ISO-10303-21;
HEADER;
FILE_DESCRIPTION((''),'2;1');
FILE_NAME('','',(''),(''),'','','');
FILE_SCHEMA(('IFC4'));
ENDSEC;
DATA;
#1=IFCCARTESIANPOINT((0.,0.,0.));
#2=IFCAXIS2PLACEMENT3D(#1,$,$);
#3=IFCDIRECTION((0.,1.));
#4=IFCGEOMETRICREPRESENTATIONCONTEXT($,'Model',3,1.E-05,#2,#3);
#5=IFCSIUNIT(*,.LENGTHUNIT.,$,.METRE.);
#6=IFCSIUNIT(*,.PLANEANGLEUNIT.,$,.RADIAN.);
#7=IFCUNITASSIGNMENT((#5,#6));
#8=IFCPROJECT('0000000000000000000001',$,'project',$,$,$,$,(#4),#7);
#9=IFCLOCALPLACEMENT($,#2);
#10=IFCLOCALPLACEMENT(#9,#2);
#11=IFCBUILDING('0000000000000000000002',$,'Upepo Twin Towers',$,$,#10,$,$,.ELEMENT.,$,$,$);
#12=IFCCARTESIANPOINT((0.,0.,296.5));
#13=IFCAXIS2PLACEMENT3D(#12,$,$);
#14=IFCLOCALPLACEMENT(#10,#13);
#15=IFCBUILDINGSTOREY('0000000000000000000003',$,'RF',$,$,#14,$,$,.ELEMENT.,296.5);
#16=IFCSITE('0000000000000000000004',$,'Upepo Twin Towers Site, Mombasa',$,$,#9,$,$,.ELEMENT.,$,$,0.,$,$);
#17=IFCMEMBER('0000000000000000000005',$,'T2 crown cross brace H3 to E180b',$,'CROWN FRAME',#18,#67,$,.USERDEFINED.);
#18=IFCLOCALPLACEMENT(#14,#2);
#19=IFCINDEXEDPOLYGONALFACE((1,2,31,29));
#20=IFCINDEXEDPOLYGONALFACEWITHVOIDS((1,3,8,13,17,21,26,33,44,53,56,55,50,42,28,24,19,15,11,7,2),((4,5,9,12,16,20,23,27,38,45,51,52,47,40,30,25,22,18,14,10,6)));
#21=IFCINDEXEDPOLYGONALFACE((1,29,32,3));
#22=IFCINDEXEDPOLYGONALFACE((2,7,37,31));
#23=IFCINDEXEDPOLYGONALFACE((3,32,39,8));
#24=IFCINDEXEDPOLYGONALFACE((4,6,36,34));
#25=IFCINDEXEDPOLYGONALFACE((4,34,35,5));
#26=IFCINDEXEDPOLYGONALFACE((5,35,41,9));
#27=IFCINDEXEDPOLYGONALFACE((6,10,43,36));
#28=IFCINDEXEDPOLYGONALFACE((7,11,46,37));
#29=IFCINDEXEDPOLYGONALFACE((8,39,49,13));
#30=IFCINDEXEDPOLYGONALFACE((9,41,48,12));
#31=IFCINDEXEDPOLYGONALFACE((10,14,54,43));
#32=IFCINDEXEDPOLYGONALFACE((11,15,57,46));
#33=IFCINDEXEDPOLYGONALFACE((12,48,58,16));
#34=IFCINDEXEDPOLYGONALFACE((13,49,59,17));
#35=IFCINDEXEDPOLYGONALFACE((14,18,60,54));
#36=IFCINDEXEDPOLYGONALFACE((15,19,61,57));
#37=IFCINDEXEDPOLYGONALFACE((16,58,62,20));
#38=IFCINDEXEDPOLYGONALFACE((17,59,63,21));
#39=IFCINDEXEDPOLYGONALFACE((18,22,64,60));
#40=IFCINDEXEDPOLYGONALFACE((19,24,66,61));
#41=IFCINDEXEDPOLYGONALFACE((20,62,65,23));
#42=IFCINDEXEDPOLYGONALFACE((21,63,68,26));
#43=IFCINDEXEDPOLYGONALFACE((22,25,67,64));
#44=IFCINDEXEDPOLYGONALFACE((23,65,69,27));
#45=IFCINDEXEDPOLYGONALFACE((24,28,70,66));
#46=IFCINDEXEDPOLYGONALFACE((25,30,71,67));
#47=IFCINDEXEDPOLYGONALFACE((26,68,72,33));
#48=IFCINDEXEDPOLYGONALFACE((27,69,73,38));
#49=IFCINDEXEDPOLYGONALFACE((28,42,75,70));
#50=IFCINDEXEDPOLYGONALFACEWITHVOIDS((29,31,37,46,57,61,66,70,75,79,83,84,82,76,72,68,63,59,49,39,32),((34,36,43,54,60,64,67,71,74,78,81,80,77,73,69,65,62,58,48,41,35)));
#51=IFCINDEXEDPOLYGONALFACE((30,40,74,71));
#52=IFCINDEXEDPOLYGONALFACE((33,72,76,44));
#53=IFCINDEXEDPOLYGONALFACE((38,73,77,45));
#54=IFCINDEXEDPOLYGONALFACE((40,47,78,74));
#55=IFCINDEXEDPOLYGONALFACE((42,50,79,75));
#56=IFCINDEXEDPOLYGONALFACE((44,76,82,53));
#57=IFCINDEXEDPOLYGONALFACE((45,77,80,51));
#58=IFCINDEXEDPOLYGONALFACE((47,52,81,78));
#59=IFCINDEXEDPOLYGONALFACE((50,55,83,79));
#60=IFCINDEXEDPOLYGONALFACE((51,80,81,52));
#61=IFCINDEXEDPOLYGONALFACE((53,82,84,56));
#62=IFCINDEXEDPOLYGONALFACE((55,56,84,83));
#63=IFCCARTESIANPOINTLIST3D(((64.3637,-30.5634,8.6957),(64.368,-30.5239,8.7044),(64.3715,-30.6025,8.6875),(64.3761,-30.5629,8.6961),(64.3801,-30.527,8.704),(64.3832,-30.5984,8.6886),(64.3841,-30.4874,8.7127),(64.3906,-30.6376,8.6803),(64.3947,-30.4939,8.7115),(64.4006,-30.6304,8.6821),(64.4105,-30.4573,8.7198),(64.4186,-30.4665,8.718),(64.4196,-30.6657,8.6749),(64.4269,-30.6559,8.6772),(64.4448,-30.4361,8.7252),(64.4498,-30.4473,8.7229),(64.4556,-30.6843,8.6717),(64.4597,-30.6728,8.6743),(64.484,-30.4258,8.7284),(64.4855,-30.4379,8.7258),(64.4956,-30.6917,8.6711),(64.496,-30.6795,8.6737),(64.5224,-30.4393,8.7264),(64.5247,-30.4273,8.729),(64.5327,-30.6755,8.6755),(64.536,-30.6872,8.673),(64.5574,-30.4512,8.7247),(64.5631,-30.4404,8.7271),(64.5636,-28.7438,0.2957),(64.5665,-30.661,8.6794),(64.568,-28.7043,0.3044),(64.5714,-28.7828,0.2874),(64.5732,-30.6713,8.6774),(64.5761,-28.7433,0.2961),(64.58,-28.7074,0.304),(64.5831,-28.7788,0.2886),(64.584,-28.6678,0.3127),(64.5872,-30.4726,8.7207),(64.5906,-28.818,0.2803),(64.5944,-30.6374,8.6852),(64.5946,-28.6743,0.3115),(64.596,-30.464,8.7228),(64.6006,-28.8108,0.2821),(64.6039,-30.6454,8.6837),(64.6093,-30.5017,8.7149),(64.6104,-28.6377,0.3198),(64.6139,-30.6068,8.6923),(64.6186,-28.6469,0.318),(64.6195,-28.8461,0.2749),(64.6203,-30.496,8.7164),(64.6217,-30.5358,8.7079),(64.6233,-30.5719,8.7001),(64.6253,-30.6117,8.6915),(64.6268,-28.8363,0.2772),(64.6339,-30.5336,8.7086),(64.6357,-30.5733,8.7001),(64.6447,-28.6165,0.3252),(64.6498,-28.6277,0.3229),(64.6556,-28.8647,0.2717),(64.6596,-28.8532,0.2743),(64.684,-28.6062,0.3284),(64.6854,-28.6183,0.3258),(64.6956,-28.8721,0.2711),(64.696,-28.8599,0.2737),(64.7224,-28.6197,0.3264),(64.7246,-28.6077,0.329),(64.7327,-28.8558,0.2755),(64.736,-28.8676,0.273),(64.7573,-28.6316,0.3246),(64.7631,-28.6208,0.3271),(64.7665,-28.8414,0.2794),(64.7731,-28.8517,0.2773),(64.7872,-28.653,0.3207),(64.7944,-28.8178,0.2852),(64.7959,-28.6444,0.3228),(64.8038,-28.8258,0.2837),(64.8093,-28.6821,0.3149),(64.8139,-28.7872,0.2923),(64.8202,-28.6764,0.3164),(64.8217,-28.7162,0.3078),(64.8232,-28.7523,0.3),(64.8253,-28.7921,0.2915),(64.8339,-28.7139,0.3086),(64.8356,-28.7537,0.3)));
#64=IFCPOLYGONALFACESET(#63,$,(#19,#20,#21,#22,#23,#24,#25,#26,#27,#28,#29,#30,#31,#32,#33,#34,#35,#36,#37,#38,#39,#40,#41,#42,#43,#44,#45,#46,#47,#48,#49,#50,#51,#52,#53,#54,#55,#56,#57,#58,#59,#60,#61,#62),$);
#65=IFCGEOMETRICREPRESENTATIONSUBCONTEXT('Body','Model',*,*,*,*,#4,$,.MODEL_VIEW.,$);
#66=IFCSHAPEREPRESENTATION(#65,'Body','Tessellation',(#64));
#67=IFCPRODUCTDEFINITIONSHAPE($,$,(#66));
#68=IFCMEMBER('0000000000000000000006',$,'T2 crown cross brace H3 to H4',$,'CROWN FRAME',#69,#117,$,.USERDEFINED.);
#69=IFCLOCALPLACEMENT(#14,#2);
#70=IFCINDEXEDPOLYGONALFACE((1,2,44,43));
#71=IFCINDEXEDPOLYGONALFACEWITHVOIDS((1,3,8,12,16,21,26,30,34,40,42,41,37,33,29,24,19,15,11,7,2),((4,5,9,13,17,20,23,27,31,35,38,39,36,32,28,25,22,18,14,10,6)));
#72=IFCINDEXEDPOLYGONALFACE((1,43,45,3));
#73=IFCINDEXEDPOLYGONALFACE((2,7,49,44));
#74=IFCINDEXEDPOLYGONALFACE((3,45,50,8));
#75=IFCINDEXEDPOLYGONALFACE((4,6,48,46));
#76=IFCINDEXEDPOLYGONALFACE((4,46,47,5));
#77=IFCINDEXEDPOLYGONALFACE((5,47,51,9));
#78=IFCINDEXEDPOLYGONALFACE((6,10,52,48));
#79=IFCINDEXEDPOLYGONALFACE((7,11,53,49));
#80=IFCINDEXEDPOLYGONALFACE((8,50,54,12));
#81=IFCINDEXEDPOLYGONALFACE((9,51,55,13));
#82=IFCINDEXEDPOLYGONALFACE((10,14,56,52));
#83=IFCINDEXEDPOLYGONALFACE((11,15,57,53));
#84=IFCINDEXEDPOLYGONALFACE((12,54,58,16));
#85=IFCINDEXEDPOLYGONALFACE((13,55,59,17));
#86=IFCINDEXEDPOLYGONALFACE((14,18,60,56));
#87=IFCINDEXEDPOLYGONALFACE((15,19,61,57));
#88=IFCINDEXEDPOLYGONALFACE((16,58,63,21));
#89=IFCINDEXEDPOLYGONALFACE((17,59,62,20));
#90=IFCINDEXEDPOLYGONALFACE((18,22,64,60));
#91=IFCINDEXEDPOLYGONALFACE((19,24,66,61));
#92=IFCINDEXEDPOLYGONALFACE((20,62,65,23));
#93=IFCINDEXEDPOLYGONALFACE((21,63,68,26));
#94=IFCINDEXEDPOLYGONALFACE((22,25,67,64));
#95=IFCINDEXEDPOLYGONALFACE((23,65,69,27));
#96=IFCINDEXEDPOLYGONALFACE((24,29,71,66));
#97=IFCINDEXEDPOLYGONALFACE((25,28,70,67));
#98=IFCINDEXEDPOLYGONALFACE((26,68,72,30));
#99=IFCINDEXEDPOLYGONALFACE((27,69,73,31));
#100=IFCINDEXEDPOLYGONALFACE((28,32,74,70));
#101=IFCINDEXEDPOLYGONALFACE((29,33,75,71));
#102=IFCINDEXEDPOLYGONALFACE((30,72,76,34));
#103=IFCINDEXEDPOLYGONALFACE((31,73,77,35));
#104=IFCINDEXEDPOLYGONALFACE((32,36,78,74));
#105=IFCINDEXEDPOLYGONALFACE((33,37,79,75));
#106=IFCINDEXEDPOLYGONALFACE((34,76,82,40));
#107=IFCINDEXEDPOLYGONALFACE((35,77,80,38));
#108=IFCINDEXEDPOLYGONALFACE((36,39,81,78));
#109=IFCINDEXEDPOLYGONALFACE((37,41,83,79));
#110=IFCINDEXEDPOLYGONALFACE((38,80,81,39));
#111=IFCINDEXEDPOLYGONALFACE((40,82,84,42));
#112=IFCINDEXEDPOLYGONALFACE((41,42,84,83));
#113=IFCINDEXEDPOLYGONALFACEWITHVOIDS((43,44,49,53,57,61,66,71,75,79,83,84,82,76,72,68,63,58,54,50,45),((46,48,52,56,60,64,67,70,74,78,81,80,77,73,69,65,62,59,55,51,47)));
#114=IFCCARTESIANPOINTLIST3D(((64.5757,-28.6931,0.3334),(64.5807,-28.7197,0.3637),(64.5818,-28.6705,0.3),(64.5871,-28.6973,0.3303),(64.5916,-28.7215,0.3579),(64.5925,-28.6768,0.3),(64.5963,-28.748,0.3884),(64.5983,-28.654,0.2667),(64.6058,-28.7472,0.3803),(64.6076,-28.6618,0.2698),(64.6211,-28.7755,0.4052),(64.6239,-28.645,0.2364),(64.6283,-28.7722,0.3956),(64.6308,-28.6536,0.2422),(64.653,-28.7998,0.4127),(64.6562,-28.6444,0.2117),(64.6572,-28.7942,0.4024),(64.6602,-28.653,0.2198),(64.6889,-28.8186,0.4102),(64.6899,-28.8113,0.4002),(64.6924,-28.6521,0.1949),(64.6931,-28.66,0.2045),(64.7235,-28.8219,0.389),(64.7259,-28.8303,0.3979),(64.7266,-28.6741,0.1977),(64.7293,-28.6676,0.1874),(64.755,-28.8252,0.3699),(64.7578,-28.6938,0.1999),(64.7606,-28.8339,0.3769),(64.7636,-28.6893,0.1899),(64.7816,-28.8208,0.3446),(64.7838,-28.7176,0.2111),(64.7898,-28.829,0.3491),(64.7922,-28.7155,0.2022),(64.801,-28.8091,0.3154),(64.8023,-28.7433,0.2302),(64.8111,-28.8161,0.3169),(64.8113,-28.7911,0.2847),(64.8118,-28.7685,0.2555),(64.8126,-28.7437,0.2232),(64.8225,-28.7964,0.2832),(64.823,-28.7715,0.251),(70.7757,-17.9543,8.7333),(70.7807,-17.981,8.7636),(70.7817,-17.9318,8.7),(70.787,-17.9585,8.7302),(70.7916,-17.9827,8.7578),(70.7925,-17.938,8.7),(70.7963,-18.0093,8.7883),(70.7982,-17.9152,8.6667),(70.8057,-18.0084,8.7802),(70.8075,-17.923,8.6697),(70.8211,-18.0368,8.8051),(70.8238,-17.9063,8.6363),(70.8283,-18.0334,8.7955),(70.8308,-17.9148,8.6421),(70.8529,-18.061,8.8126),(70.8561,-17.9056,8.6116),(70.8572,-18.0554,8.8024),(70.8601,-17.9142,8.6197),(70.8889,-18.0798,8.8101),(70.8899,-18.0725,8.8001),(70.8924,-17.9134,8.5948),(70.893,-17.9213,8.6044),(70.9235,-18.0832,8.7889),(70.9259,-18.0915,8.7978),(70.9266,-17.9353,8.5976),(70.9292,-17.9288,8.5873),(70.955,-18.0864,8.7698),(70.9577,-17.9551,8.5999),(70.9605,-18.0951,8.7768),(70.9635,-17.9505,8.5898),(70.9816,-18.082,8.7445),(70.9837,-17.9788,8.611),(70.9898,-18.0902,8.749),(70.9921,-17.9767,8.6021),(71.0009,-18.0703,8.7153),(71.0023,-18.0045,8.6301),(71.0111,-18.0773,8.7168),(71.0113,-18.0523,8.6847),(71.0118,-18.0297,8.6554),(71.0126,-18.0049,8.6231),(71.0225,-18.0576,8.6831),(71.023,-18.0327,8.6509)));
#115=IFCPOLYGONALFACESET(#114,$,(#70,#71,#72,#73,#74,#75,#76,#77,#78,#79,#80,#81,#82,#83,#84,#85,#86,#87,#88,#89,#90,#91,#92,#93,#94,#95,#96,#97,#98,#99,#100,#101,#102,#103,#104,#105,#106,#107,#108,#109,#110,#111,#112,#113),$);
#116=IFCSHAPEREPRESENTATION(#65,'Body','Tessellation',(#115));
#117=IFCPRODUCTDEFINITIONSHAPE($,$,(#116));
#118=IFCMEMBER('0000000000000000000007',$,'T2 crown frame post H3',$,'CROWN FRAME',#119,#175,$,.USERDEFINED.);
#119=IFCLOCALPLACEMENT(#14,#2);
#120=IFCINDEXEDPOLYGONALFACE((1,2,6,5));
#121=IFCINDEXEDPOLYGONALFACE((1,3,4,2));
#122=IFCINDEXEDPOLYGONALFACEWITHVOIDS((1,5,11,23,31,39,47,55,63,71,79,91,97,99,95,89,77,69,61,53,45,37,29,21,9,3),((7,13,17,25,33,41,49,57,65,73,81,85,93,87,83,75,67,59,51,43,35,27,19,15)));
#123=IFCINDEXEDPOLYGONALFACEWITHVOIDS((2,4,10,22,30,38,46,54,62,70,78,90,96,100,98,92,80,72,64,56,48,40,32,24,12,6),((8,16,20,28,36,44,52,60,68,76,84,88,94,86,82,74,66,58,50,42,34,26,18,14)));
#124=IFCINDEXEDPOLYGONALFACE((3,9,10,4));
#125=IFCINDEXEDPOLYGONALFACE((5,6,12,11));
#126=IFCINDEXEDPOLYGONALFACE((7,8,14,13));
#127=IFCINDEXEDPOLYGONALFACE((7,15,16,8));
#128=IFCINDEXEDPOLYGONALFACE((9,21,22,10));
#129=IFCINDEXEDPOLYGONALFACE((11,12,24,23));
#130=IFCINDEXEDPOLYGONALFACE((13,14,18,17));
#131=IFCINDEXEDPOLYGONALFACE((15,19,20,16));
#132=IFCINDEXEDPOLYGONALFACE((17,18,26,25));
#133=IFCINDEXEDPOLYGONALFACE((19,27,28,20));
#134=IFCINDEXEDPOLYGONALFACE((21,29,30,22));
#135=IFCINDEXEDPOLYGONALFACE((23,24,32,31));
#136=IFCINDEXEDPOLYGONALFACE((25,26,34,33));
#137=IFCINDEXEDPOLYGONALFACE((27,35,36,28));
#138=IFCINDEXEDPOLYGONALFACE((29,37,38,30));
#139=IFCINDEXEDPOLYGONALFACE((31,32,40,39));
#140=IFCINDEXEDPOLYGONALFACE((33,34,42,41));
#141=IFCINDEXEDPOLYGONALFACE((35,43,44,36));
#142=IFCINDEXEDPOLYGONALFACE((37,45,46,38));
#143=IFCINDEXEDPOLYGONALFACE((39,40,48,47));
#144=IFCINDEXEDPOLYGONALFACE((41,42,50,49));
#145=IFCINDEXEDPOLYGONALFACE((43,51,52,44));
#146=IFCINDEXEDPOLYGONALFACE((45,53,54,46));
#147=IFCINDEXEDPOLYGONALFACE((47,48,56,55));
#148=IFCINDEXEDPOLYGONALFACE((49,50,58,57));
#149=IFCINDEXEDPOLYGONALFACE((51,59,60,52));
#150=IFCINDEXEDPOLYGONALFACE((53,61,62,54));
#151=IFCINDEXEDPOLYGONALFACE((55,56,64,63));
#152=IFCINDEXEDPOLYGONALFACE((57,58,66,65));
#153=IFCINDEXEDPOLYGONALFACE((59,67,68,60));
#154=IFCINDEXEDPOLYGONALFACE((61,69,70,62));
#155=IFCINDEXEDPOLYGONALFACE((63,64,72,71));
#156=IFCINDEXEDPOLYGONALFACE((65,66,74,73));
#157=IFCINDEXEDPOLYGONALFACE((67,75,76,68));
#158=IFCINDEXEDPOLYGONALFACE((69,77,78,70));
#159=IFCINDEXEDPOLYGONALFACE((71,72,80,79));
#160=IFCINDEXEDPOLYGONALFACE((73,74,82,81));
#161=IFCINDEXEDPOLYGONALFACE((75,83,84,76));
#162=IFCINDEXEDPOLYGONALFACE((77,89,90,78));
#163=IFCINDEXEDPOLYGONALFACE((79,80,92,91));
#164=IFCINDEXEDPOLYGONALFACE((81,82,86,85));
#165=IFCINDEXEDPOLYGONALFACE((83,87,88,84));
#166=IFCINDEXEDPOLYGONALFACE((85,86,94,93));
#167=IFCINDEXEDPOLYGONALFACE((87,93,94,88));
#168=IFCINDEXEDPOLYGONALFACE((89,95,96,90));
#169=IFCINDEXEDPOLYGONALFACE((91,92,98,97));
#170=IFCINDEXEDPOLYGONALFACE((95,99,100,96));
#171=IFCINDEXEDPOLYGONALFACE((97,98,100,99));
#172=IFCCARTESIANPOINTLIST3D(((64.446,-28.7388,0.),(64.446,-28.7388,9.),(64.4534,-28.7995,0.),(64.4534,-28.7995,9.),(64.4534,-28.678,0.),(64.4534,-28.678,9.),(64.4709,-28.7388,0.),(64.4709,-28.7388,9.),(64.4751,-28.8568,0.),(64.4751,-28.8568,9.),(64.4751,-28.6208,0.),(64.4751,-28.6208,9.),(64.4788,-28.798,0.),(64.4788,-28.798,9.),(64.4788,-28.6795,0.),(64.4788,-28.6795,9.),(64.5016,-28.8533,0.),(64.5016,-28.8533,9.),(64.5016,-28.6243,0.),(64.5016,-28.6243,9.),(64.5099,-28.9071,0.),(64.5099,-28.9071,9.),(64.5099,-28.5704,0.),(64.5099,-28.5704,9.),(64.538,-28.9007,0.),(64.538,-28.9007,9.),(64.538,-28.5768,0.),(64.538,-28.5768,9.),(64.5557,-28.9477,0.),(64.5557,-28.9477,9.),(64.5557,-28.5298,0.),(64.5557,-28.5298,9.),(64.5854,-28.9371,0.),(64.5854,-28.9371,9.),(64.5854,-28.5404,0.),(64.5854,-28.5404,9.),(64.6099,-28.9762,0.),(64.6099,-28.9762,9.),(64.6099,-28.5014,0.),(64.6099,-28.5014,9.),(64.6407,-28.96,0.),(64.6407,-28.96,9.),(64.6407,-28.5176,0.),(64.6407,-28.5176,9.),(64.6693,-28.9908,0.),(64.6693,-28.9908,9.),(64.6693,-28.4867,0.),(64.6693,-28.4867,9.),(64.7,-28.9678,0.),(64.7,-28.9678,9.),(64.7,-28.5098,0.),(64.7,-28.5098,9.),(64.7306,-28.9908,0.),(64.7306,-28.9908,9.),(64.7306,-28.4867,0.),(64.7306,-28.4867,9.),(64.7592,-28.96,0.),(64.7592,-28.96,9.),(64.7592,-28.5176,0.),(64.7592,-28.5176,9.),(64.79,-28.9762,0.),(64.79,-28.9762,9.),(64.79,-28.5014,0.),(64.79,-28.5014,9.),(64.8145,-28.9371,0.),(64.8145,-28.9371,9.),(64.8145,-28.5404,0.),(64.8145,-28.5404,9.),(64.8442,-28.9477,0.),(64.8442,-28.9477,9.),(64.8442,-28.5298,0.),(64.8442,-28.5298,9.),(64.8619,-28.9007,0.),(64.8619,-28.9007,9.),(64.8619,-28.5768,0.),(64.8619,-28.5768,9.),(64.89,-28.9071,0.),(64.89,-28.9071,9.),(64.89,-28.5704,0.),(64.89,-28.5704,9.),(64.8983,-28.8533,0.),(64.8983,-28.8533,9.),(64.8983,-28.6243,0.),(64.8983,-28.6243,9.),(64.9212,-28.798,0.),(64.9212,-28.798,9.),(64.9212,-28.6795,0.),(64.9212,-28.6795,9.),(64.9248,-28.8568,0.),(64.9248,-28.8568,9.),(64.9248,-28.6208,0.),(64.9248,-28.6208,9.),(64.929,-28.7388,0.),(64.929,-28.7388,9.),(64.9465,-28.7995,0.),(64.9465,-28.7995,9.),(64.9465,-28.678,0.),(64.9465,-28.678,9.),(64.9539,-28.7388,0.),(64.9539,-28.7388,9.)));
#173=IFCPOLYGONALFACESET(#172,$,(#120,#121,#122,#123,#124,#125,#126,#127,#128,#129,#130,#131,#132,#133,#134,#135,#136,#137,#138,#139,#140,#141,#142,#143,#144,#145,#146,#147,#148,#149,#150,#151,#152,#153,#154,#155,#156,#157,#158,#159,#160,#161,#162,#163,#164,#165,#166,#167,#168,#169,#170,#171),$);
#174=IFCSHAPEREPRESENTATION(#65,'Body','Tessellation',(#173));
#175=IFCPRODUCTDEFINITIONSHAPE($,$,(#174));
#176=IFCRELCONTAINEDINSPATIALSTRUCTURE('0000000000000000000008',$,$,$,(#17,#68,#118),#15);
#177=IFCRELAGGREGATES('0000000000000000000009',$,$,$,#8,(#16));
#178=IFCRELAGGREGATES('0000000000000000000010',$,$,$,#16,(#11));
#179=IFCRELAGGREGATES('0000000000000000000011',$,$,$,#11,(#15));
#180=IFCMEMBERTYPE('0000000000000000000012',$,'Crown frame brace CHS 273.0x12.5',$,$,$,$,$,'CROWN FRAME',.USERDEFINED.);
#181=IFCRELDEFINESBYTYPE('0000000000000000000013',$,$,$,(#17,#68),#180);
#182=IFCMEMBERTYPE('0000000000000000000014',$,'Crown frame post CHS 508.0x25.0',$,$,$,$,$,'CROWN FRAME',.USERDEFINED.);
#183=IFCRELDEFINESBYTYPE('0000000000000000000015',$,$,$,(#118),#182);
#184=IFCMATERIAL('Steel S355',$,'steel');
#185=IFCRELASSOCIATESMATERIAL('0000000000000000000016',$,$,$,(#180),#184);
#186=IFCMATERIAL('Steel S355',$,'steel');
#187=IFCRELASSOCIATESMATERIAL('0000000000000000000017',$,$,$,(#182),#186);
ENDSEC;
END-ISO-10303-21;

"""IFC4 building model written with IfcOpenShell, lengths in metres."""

from ifc_helpers import new_model, si_unit, direction, frame, origin, origin_2d, place, context, subcontext, project, spatial, hollow_circle, extrude, material, material_profile, profile_set, type_object, element, save


model = new_model("IFC4")

# Units and contexts
model_context = context("Model", 3, precision=1e-05, world=origin(), true_north=direction((0.0, 1.0)))
body_context = subcontext(model_context, "Body", "Model", "MODEL_VIEW")
ifc_project = project(units=[si_unit("LENGTHUNIT", "METRE"), si_unit("PLANEANGLEUNIT", "RADIAN")], contexts=[model_context])

# Site, building, storey
site_placement = place(None, origin())
site = spatial("IfcSite", under=ifc_project, at=site_placement, Name="Upepo Twin Towers Site, Mombasa", CompositionType="ELEMENT", RefElevation=0.0)
building_placement = place(site_placement, origin())
building = spatial("IfcBuilding", under=site, at=building_placement, Name="Upepo Twin Towers", CompositionType="ELEMENT")
storey_placement = place(building_placement, frame((0.0, 0.0, 296.5)))
storey = spatial("IfcBuildingStorey", under=building, at=storey_placement, Name="RF", CompositionType="ELEMENT", Elevation=296.5)

# Members
ifc_material_1 = material(Name="Steel S355", Category="steel")
ifc_material_profile_1 = material_profile(ifc_material_1, hollow_circle(Radius=0.1365, WallThickness=0.0125, at=origin_2d()), Name="CHS 273.0x12.5")
ifc_profile_set_1 = profile_set([ifc_material_profile_1], Name="Steel S355")
member_type_1 = type_object("IfcMemberType", Name="Crown frame brace CHS 273.0x12.5", ElementType="CROWN FRAME", PredefinedType="USERDEFINED", material=ifc_profile_set_1)
for number, where, z_axis, x_axis, name in (
    (1, (64.7, -28.7388, 0.3), (-0.023258, -0.211652, 0.977068), (0.994016, -0.109231, 0.0), "T2 crown cross brace H3 to E180b"),
):
    element("IfcMember", number, at=place(storey_placement, frame(where, z_axis=z_axis, x_axis=x_axis)), inside=storey, type_object=member_type_1, Name=name, ObjectType="CROWN FRAME", PredefinedType="USERDEFINED", context=body_context, shape_type="SweptSolid", body=[
        extrude(hollow_circle(Radius=0.1365, WallThickness=0.0125, at=origin_2d()), origin(), (0.0, 0.0, 1.0), 8.5972),
    ])
member_1_placement = place(storey_placement, frame((64.7, -28.7388, 0.3), z_axis=(0.413957, 0.717004, 0.560843), x_axis=(-0.866028, 0.499995, 0.0)))
element("IfcMember", 2, at=member_1_placement, inside=storey, type_object=member_type_1, Name="T2 crown cross brace H3 to H4", ObjectType="CROWN FRAME", PredefinedType="USERDEFINED", context=body_context, shape_type="SweptSolid", body=[
    extrude(hollow_circle(Radius=0.1365, WallThickness=0.0125, at=origin_2d()), origin(), (0.0, 0.0, 1.0), 14.9773),
])
ifc_material_2 = material(Name="Steel S355", Category="steel")
ifc_material_profile_2 = material_profile(ifc_material_2, hollow_circle(Radius=0.2539, WallThickness=0.0249, at=origin_2d()), Name="CHS 508.0x25.0")
ifc_profile_set_2 = profile_set([ifc_material_profile_2], Name="Steel S355")
member_type_2 = type_object("IfcMemberType", Name="Crown frame post CHS 508.0x25.0", ElementType="CROWN FRAME", PredefinedType="USERDEFINED", material=ifc_profile_set_2)
member_2_placement = place(storey_placement, frame((64.7, -28.7388, 0.0), z_axis=(0.0, 0.0, 1.0), x_axis=(1.0, 0.0, 0.0)))
element("IfcMember", 3, at=member_2_placement, inside=storey, type_object=member_type_2, Name="T2 crown frame post H3", ObjectType="CROWN FRAME", PredefinedType="USERDEFINED", context=body_context, shape_type="SweptSolid", body=[
    extrude(hollow_circle(Radius=0.2539, WallThickness=0.0249, at=origin_2d()), origin(), (0.0, 0.0, 1.0), 9.0),
])

save(model, "model.ifc")
